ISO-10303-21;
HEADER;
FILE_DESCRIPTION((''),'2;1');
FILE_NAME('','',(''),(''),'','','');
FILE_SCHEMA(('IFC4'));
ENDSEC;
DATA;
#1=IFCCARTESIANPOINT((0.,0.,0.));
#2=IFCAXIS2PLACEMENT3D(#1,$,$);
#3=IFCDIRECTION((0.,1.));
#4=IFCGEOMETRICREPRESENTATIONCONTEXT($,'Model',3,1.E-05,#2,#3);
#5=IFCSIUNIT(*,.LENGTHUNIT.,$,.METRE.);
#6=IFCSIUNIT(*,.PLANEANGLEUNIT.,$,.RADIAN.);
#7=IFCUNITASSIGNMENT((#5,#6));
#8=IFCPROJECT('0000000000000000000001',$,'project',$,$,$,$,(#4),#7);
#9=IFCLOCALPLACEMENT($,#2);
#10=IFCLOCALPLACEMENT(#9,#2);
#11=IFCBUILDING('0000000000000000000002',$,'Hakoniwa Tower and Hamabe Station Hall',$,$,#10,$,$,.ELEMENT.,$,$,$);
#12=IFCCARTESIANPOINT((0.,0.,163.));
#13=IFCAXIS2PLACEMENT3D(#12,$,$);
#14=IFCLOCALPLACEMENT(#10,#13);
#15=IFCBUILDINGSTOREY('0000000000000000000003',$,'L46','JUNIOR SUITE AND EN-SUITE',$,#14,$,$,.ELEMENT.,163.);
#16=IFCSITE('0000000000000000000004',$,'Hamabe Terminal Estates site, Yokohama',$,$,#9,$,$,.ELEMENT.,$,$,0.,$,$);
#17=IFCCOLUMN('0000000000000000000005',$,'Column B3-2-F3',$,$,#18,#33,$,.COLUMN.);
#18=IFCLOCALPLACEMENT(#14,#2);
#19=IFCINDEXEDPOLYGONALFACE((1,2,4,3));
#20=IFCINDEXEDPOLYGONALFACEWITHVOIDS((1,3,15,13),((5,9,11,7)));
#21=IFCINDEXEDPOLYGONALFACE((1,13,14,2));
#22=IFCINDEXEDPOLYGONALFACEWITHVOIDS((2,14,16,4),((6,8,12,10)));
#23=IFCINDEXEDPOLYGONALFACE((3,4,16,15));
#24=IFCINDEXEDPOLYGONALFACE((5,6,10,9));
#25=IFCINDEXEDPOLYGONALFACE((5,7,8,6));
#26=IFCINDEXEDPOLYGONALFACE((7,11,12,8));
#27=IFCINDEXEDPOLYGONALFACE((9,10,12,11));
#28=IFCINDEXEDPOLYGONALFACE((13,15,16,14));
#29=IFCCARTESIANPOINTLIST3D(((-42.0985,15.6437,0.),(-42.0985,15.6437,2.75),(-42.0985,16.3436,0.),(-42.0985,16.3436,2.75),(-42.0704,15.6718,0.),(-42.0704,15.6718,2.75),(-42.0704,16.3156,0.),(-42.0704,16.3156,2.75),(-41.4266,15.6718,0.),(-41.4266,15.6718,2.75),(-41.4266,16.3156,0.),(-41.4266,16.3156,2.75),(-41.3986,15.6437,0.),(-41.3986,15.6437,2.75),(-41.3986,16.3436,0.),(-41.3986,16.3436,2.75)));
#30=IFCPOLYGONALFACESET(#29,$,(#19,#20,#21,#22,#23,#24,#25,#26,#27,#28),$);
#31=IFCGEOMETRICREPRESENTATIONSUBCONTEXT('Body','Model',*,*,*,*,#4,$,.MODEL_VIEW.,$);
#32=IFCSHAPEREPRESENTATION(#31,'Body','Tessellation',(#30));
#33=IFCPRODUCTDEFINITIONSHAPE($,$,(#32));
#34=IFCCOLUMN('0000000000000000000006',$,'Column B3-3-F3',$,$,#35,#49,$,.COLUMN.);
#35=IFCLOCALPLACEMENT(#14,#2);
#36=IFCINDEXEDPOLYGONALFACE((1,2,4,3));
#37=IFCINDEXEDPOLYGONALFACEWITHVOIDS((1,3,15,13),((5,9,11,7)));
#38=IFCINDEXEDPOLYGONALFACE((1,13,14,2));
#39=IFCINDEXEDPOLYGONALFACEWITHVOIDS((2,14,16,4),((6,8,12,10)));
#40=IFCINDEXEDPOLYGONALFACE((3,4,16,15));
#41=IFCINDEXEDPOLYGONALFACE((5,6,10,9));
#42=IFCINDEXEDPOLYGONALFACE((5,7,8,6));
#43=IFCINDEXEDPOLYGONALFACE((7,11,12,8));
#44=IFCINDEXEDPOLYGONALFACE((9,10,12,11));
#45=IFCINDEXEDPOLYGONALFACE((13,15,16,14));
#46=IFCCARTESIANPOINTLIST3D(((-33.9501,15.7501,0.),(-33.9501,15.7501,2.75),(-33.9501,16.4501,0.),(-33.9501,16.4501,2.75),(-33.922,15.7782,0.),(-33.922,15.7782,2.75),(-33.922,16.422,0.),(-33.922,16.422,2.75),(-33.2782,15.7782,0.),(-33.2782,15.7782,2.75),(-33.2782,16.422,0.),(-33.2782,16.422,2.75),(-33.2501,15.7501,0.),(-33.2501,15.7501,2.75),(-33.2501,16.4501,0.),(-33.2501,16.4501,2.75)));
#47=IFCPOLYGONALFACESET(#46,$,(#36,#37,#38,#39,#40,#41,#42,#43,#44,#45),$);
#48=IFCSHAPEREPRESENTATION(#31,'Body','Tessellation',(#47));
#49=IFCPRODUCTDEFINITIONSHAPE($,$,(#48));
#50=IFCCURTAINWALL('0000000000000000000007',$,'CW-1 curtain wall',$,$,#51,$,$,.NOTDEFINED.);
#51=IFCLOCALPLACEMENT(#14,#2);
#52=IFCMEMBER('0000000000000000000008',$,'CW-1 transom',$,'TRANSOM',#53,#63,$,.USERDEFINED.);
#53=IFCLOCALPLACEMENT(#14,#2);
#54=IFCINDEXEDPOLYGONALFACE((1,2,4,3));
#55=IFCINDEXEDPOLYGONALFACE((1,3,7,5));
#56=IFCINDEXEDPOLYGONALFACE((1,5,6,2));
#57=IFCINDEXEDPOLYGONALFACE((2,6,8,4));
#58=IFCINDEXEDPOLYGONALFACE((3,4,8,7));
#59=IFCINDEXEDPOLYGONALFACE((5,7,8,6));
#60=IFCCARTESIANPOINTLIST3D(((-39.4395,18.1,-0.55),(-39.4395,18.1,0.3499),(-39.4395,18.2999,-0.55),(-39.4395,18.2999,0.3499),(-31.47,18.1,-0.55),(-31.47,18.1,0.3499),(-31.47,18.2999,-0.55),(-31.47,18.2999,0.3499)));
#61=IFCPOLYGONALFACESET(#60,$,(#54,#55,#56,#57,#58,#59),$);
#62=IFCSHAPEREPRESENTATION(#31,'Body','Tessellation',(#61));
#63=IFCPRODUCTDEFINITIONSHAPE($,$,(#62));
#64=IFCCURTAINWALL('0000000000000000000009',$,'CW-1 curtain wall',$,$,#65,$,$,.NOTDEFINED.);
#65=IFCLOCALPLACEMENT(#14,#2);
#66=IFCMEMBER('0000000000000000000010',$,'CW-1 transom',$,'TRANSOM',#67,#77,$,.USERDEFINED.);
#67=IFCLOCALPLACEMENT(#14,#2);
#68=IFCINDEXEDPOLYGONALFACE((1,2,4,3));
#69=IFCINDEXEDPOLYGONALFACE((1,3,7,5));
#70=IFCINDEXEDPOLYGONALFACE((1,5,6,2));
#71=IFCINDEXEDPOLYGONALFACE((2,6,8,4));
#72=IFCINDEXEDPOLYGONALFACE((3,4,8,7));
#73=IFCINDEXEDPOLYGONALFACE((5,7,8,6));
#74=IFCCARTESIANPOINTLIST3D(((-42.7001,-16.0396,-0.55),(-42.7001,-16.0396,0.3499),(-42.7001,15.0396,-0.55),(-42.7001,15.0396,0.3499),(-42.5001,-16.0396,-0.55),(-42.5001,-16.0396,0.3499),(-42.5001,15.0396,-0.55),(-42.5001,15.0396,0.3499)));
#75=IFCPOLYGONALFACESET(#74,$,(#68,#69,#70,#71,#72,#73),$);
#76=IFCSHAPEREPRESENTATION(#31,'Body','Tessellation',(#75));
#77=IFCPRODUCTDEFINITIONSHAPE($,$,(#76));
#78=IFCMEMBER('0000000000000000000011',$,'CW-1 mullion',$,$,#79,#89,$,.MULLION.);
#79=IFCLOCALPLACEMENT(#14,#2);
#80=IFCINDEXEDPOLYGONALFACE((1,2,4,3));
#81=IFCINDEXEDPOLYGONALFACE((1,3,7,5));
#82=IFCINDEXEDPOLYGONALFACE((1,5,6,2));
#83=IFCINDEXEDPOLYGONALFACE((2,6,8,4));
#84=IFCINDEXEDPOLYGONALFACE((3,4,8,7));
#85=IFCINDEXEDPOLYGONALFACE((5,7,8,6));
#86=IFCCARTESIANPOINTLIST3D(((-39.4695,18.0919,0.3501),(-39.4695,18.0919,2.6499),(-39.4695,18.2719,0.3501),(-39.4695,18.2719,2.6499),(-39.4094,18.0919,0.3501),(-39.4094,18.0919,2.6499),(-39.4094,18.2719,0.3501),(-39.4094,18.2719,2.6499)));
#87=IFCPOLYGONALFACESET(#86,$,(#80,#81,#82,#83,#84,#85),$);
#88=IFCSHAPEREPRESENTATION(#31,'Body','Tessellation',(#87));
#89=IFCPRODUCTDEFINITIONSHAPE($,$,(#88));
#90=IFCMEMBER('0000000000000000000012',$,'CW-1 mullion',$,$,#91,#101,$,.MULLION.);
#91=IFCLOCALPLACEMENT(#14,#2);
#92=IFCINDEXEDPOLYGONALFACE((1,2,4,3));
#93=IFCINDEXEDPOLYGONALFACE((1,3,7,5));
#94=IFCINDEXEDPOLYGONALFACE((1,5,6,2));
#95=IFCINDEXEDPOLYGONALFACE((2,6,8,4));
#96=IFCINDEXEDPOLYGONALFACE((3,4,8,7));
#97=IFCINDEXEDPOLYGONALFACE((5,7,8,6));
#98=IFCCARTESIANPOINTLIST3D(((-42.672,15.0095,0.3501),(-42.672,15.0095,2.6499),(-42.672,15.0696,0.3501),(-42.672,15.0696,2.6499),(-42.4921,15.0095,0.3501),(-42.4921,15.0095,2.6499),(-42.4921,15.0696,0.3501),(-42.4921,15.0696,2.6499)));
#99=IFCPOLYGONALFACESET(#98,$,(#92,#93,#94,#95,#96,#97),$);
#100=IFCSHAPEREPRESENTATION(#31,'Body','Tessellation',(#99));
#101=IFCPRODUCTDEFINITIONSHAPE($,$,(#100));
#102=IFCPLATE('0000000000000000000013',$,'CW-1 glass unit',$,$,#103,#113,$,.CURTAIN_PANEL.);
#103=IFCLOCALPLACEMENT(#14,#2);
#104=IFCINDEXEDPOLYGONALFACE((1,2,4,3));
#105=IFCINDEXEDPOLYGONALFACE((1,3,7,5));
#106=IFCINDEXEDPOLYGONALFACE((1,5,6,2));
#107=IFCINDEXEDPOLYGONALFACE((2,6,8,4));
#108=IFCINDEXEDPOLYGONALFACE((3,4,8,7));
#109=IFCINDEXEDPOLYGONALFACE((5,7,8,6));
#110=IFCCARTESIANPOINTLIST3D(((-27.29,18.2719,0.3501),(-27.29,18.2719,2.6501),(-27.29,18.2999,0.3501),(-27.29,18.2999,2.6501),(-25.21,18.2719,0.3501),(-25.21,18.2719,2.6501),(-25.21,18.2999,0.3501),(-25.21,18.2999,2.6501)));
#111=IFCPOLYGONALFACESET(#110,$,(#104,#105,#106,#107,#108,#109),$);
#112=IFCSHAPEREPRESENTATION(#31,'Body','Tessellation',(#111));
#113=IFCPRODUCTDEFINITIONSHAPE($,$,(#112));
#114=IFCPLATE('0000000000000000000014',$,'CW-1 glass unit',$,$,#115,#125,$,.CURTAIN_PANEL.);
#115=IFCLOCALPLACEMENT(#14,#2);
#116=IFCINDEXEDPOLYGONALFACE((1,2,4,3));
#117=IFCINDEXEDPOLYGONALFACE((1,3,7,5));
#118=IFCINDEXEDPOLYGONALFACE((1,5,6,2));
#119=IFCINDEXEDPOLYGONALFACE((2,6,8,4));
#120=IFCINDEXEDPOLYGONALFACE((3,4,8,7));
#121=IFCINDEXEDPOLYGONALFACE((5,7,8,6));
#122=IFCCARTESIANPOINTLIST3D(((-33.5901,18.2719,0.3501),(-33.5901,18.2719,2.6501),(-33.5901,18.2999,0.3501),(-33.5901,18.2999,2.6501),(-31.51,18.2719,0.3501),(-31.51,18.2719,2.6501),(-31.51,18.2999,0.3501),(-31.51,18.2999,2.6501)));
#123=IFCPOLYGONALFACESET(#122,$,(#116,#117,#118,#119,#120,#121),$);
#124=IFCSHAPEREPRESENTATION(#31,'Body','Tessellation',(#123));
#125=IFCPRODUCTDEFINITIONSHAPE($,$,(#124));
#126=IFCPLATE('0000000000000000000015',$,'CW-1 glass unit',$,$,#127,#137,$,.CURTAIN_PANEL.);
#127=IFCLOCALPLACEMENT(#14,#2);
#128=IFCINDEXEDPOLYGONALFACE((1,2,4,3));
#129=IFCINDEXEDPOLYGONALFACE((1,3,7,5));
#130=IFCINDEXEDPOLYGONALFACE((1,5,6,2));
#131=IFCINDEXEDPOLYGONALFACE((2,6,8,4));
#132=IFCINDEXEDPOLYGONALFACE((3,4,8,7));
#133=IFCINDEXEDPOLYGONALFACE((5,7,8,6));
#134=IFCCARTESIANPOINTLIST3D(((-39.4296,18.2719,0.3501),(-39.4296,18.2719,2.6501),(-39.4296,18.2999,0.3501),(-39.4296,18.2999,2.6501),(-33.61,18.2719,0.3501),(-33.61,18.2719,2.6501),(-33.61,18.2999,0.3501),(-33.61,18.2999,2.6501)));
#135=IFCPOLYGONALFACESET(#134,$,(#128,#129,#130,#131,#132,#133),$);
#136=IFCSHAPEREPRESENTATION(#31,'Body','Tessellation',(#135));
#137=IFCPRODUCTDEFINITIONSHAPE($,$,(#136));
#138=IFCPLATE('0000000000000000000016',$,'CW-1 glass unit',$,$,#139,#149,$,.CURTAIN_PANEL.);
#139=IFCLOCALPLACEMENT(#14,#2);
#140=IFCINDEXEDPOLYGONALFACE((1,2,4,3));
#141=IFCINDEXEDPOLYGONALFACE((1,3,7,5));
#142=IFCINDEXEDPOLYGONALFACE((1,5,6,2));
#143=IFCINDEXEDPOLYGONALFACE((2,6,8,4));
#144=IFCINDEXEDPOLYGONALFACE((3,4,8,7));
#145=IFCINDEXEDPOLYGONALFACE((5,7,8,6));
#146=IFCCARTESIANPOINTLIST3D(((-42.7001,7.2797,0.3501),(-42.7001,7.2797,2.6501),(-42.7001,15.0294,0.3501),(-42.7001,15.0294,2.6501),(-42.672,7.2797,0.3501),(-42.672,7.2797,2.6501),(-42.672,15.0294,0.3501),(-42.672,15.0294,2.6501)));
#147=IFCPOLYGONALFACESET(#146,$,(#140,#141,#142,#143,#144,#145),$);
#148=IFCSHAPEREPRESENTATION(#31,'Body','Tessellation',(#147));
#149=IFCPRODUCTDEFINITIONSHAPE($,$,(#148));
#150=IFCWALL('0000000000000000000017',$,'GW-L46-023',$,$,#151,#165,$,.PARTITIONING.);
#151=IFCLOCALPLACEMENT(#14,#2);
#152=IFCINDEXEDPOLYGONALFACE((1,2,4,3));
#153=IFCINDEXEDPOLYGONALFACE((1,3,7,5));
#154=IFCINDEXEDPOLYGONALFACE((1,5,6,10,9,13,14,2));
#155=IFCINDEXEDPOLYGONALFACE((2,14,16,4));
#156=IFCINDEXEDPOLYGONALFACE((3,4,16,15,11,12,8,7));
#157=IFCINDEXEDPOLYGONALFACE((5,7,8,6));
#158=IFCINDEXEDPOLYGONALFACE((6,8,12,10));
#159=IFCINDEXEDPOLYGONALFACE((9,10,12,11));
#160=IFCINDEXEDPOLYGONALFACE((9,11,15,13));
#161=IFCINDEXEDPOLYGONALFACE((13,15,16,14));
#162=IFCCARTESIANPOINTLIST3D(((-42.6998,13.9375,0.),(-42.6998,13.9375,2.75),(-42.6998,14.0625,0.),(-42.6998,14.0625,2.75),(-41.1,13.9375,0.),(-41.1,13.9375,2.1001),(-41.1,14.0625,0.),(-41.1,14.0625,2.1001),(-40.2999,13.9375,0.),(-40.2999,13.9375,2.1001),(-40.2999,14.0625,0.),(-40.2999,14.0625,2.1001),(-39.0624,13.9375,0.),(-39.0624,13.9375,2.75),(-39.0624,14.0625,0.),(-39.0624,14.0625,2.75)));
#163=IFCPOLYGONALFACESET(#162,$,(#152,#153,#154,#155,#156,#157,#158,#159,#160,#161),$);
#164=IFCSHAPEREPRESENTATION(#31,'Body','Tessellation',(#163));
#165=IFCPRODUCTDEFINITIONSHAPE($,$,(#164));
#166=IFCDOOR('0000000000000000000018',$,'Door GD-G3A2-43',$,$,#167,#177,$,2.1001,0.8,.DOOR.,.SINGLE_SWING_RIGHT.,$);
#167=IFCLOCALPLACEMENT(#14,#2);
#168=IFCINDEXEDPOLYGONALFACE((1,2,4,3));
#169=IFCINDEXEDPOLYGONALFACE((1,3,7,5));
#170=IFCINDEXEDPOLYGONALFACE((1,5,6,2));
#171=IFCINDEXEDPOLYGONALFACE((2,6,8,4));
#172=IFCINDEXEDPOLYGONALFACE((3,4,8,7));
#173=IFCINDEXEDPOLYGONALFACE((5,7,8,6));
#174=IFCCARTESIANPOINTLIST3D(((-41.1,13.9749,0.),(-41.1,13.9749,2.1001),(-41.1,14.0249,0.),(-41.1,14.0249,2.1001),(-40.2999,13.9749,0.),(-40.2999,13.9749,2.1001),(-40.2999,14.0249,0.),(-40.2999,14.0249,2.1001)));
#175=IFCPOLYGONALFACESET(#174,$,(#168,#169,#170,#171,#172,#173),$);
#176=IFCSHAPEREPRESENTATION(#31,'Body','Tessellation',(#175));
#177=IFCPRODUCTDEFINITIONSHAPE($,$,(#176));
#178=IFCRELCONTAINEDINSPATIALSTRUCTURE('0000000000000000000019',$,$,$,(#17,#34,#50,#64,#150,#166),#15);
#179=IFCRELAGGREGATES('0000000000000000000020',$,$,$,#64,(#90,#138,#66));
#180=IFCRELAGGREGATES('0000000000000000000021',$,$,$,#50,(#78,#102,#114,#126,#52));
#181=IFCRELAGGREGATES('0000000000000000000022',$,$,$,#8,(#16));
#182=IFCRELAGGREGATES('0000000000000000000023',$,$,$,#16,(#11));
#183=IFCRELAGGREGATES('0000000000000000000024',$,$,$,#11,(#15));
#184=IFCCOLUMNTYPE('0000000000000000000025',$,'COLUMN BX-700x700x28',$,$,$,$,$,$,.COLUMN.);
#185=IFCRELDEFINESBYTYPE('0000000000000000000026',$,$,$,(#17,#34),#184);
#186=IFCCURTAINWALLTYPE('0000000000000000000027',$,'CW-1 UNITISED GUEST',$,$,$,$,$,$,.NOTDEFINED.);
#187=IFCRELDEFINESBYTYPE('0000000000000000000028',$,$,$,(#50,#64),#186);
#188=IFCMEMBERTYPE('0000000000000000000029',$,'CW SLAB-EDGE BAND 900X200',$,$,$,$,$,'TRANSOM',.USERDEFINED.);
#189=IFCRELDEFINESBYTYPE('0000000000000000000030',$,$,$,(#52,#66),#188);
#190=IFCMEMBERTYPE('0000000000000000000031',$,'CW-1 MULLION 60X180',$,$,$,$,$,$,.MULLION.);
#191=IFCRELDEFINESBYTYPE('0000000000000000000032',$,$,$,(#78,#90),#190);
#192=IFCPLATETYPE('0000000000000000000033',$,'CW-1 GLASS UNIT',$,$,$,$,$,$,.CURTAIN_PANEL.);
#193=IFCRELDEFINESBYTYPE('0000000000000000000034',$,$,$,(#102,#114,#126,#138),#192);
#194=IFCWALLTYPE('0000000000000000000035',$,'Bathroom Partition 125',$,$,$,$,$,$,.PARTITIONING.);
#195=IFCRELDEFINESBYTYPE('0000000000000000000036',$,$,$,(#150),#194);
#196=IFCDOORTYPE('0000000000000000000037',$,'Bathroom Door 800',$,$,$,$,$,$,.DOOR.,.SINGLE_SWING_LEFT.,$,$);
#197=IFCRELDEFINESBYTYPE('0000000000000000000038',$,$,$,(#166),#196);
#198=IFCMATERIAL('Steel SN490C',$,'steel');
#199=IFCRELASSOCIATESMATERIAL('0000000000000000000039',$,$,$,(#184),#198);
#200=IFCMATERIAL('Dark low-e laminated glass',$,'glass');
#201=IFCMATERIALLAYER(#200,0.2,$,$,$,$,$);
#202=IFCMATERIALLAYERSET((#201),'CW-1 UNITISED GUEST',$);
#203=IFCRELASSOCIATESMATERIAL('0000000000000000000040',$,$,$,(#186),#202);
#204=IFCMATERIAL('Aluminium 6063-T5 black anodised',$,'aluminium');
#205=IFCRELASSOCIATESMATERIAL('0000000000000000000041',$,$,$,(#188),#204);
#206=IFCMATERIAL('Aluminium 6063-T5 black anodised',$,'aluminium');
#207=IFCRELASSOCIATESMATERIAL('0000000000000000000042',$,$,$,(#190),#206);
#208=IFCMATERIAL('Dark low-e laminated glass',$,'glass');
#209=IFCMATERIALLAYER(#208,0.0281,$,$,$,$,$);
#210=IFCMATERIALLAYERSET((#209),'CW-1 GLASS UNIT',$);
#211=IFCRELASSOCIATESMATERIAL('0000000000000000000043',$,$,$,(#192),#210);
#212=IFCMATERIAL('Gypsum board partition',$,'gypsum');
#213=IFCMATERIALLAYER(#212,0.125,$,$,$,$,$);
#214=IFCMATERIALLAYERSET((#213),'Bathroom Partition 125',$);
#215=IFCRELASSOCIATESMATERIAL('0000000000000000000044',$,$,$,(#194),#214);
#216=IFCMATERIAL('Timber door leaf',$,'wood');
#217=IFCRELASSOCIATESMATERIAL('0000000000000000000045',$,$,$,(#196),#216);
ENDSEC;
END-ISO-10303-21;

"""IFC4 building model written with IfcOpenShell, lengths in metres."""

from ifc_helpers import new_model, si_unit, direction, frame, frame_2d, origin, origin_2d, place, context, subcontext, project, spatial, rectangle, hollow_rectangle, extrude, material, layer, layer_set, material_profile, profile_set, type_object, element, fill, aggregate, save


model = new_model("IFC4")

# Units and contexts
model_context = context("Model", 3, precision=1e-05, world=origin(), true_north=direction((0.0, 1.0)))
body_context = subcontext(model_context, "Body", "Model", "MODEL_VIEW")
ifc_project = project(units=[si_unit("LENGTHUNIT", "METRE"), si_unit("PLANEANGLEUNIT", "RADIAN")], contexts=[model_context])

# Site, building, storey
site_placement = place(None, origin())
site = spatial("IfcSite", under=ifc_project, at=site_placement, Name="Hamabe Terminal Estates site, Yokohama", CompositionType="ELEMENT", RefElevation=0.0)
building_placement = place(site_placement, origin())
building = spatial("IfcBuilding", under=site, at=building_placement, Name="Hakoniwa Tower and Hamabe Station Hall", CompositionType="ELEMENT")
storey_placement = place(building_placement, frame((0.0, 0.0, 163.0)))
storey = spatial("IfcBuildingStorey", under=building, at=storey_placement, Name="L46", Description="JUNIOR SUITE AND EN-SUITE", CompositionType="ELEMENT", Elevation=163.0)

# Columns
ifc_material_1 = material(Name="Steel SN490C", Category="steel")
ifc_material_profile_1 = material_profile(ifc_material_1, hollow_rectangle(XDim=0.7, YDim=0.7, WallThickness=0.0281, at=origin_2d()), Name="BX-700x700x28")
ifc_profile_set_1 = profile_set([ifc_material_profile_1], Name="Steel SN490C")
column_type = type_object("IfcColumnType", Name="COLUMN BX-700x700x28", PredefinedType="COLUMN", material=ifc_profile_set_1)
for number, where, z_axis, x_axis, name in (
    (1, (-41.7485, 15.9937, 0.0), (0.0, 0.0, 1.0), (1.0, 0.0, 0.0), "Column B3-2-F3"),
    (2, (-33.6001, 16.1001, 0.0), (0.0, 0.0, 1.0), (1.0, 0.0, 0.0), "Column B3-3-F3"),
):
    element("IfcColumn", number, at=place(storey_placement, frame(where, z_axis=z_axis, x_axis=x_axis)), inside=storey, type_object=column_type, Name=name, PredefinedType="COLUMN", context=body_context, shape_type="SweptSolid", body=[
        extrude(hollow_rectangle(XDim=0.7, YDim=0.7, WallThickness=0.0281, at=origin_2d()), origin(), (0.0, 0.0, 1.0), 2.75),
    ])

# Curtain walls, members
ifc_material_2 = material(Name="Dark low-e laminated glass", Category="glass")
ifc_layer_1 = layer(ifc_material_2, 0.2)
ifc_layer_set_1 = layer_set([ifc_layer_1], Name="CW-1 UNITISED GUEST")
curtain_wall_type = type_object("IfcCurtainWallType", Name="CW-1 UNITISED GUEST", PredefinedType="NOTDEFINED", material=ifc_layer_set_1)
curtain_wall_1_placement = place(storey_placement, origin())
curtain_wall_1 = element("IfcCurtainWall", 3, at=curtain_wall_1_placement, inside=storey, type_object=curtain_wall_type, Name="CW-1 curtain wall", PredefinedType="NOTDEFINED")
ifc_material_3 = material(Name="Aluminium 6063-T5 black anodised", Category="aluminium")
ifc_material_profile_2 = material_profile(ifc_material_3, rectangle(XDim=0.2, YDim=0.8999, at=origin_2d()), Name="CW SLAB-EDGE BAND 900X200")
ifc_profile_set_2 = profile_set([ifc_material_profile_2], Name="Aluminium 6063-T5 black anodised")
member_type_1 = type_object("IfcMemberType", Name="CW SLAB-EDGE BAND 900X200", ElementType="TRANSOM", PredefinedType="USERDEFINED", material=ifc_profile_set_2)
member_1_placement = place(storey_placement, frame((-31.47, 18.2, -0.1001), z_axis=(-1.0, 0.0, 0.0), x_axis=(0.0, -1.0, 0.0)))
member_1 = element("IfcMember", 4, at=member_1_placement, type_object=member_type_1, Name="CW-1 transom", ObjectType="TRANSOM", PredefinedType="USERDEFINED", context=body_context, shape_type="SweptSolid", body=[
    extrude(rectangle(XDim=0.2, YDim=0.8999, at=origin_2d()), origin(), (0.0, 0.0, 1.0), 7.9695),
])
curtain_wall_2_placement = place(storey_placement, origin())
curtain_wall_2 = element("IfcCurtainWall", 5, at=curtain_wall_2_placement, inside=storey, type_object=curtain_wall_type, Name="CW-1 curtain wall", PredefinedType="NOTDEFINED")
member_2_placement = place(storey_placement, frame((-42.6001, 15.0396, -0.1001), z_axis=(0.0, -1.0, 0.0), x_axis=(1.0, 0.0, 0.0)))
member_2 = element("IfcMember", 6, at=member_2_placement, type_object=member_type_1, Name="CW-1 transom", ObjectType="TRANSOM", PredefinedType="USERDEFINED", context=body_context, shape_type="SweptSolid", body=[
    extrude(rectangle(XDim=0.2, YDim=0.8999, at=origin_2d()), origin(), (0.0, 0.0, 1.0), 31.0791),
])

# Members
ifc_material_4 = material(Name="Aluminium 6063-T5 black anodised", Category="aluminium")
ifc_material_profile_3 = material_profile(ifc_material_4, rectangle(XDim=0.0601, YDim=0.1799, at=origin_2d()), Name="CW-1 MULLION 60X180")
ifc_profile_set_3 = profile_set([ifc_material_profile_3], Name="Aluminium 6063-T5 black anodised")
member_type_2 = type_object("IfcMemberType", Name="CW-1 MULLION 60X180", PredefinedType="MULLION", material=ifc_profile_set_3)
member_3_placement = place(storey_placement, frame((-39.4395, 18.1819, 0.3501), z_axis=(0.0, 0.0, 1.0), x_axis=(-1.0, 0.0, 0.0)))
member_3 = element("IfcMember", 7, at=member_3_placement, type_object=member_type_2, Name="CW-1 mullion", PredefinedType="MULLION", context=body_context, shape_type="SweptSolid", body=[
    extrude(rectangle(XDim=0.0601, YDim=0.1799, at=origin_2d()), origin(), (0.0, 0.0, 1.0), 2.2998),
])
member_4_placement = place(storey_placement, frame((-42.582, 15.0396, 0.3501), z_axis=(0.0, 0.0, 1.0), x_axis=(0.0, -1.0, 0.0)))
member_4 = element("IfcMember", 8, at=member_4_placement, type_object=member_type_2, Name="CW-1 mullion", PredefinedType="MULLION", context=body_context, shape_type="SweptSolid", body=[
    extrude(rectangle(XDim=0.0601, YDim=0.1799, at=origin_2d()), origin(), (0.0, 0.0, 1.0), 2.2998),
])

# Plates
ifc_material_5 = material(Name="Dark low-e laminated glass", Category="glass")
ifc_layer_2 = layer(ifc_material_5, 0.0281)
ifc_layer_set_2 = layer_set([ifc_layer_2], Name="CW-1 GLASS UNIT")
plate_type = type_object("IfcPlateType", Name="CW-1 GLASS UNIT", PredefinedType="CURTAIN_PANEL", material=ifc_layer_set_2)
plate_1_placement = place(storey_placement, frame((-26.25, 18.2859, 0.3501), z_axis=(0.0, 0.0, 1.0), x_axis=(-1.0, 0.0, 0.0)))
plate_1 = element("IfcPlate", 9, at=plate_1_placement, type_object=plate_type, Name="CW-1 glass unit", PredefinedType="CURTAIN_PANEL", context=body_context, shape_type="SweptSolid", body=[
    extrude(rectangle(XDim=2.0801, YDim=0.0281, at=origin_2d()), origin(), (0.0, 0.0, 1.0), 2.3),
])
plate_2_placement = place(storey_placement, frame((-32.55, 18.2859, 0.3501), z_axis=(0.0, 0.0, 1.0), x_axis=(-1.0, 0.0, 0.0)))
plate_2 = element("IfcPlate", 10, at=plate_2_placement, type_object=plate_type, Name="CW-1 glass unit", PredefinedType="CURTAIN_PANEL", context=body_context, shape_type="SweptSolid", body=[
    extrude(rectangle(XDim=2.0801, YDim=0.0281, at=origin_2d()), origin(), (0.0, 0.0, 1.0), 2.3),
])
plate_3_placement = place(storey_placement, frame((-36.5198, 18.2859, 0.3501), z_axis=(0.0, 0.0, 1.0), x_axis=(-1.0, 0.0, 0.0)))
plate_3 = element("IfcPlate", 11, at=plate_3_placement, type_object=plate_type, Name="CW-1 glass unit", PredefinedType="CURTAIN_PANEL", context=body_context, shape_type="SweptSolid", body=[
    extrude(rectangle(XDim=5.8196, YDim=0.0281, at=origin_2d()), origin(), (0.0, 0.0, 1.0), 2.3),
])
plate_4_placement = place(storey_placement, frame((-42.686, 11.1545, 0.3501), z_axis=(0.0, 0.0, 1.0), x_axis=(0.0, -1.0, 0.0)))
plate_4 = element("IfcPlate", 12, at=plate_4_placement, type_object=plate_type, Name="CW-1 glass unit", PredefinedType="CURTAIN_PANEL", context=body_context, shape_type="SweptSolid", body=[
    extrude(rectangle(XDim=7.7498, YDim=0.0281, at=origin_2d()), origin(), (0.0, 0.0, 1.0), 2.3),
])
aggregate(curtain_wall_2, [member_4, plate_4, member_2])

# Wall, opening, door
ifc_material_6 = material(Name="Gypsum board partition", Category="gypsum")
ifc_layer_3 = layer(ifc_material_6, 0.125)
ifc_layer_set_3 = layer_set([ifc_layer_3], Name="Bathroom Partition 125")
wall_type_1 = type_object("IfcWallType", Name="Bathroom Partition 125", PredefinedType="PARTITIONING", material=ifc_layer_set_3)
wall_1_placement = place(storey_placement, frame((-42.7, 14.0, 0.0), z_axis=(0.0, 0.0, 1.0), x_axis=(1.0, 0.0, 0.0)))
wall_1 = element("IfcWall", 13, at=wall_1_placement, inside=storey, type_object=wall_type_1, Name="GW-L46-023", PredefinedType="PARTITIONING", context=body_context, shape_type="SweptSolid", body=[
    extrude(rectangle(XDim=3.6375, YDim=0.125, at=frame_2d((1.8188, 0.0))), origin(), (0.0, 0.0, 1.0), 2.75),
])
opening_1_placement = place(wall_1_placement, frame((1.6001, 0.0, 0.0)))
opening_1 = element("IfcOpeningElement", 14, at=opening_1_placement, cuts=wall_1, PredefinedType="OPENING", context=body_context, shape_type="SweptSolid", body=[
    extrude(rectangle(XDim=0.8, YDim=2.1001, at=frame_2d((0.3999, 1.05))), frame((0.0, 0.0725, 0.0), z_axis=(0.0, -1.0, 0.0), x_axis=(1.0, 0.0, 0.0)), (0.0, 0.0, 1.0), 0.145),
])
ifc_material_7 = material(Name="Timber door leaf", Category="wood")
door_type_1 = type_object("IfcDoorType", Name="Bathroom Door 800", OperationType="SINGLE_SWING_LEFT", PredefinedType="DOOR", material=ifc_material_7)
door_1_placement = place(opening_1_placement, origin())
door_1 = element("IfcDoor", 15, at=door_1_placement, inside=storey, type_object=door_type_1, Name="Door GD-G3A2-43", OperationType="SINGLE_SWING_RIGHT", OverallHeight=2.1001, OverallWidth=0.8, PredefinedType="DOOR", context=body_context, shape_type="SweptSolid", body=[
    extrude(rectangle(XDim=0.8, YDim=2.1001, at=frame_2d((0.3999, 1.05))), frame((0.0, 0.0249, 0.0), z_axis=(0.0, -1.0, 0.0), x_axis=(1.0, 0.0, 0.0)), (0.0, 0.0, 1.0), 0.05),
])
fill(opening_1, door_1)

aggregate(curtain_wall_1, [member_3, plate_1, plate_2, plate_3, member_1])

save(model, "model.ifc")
